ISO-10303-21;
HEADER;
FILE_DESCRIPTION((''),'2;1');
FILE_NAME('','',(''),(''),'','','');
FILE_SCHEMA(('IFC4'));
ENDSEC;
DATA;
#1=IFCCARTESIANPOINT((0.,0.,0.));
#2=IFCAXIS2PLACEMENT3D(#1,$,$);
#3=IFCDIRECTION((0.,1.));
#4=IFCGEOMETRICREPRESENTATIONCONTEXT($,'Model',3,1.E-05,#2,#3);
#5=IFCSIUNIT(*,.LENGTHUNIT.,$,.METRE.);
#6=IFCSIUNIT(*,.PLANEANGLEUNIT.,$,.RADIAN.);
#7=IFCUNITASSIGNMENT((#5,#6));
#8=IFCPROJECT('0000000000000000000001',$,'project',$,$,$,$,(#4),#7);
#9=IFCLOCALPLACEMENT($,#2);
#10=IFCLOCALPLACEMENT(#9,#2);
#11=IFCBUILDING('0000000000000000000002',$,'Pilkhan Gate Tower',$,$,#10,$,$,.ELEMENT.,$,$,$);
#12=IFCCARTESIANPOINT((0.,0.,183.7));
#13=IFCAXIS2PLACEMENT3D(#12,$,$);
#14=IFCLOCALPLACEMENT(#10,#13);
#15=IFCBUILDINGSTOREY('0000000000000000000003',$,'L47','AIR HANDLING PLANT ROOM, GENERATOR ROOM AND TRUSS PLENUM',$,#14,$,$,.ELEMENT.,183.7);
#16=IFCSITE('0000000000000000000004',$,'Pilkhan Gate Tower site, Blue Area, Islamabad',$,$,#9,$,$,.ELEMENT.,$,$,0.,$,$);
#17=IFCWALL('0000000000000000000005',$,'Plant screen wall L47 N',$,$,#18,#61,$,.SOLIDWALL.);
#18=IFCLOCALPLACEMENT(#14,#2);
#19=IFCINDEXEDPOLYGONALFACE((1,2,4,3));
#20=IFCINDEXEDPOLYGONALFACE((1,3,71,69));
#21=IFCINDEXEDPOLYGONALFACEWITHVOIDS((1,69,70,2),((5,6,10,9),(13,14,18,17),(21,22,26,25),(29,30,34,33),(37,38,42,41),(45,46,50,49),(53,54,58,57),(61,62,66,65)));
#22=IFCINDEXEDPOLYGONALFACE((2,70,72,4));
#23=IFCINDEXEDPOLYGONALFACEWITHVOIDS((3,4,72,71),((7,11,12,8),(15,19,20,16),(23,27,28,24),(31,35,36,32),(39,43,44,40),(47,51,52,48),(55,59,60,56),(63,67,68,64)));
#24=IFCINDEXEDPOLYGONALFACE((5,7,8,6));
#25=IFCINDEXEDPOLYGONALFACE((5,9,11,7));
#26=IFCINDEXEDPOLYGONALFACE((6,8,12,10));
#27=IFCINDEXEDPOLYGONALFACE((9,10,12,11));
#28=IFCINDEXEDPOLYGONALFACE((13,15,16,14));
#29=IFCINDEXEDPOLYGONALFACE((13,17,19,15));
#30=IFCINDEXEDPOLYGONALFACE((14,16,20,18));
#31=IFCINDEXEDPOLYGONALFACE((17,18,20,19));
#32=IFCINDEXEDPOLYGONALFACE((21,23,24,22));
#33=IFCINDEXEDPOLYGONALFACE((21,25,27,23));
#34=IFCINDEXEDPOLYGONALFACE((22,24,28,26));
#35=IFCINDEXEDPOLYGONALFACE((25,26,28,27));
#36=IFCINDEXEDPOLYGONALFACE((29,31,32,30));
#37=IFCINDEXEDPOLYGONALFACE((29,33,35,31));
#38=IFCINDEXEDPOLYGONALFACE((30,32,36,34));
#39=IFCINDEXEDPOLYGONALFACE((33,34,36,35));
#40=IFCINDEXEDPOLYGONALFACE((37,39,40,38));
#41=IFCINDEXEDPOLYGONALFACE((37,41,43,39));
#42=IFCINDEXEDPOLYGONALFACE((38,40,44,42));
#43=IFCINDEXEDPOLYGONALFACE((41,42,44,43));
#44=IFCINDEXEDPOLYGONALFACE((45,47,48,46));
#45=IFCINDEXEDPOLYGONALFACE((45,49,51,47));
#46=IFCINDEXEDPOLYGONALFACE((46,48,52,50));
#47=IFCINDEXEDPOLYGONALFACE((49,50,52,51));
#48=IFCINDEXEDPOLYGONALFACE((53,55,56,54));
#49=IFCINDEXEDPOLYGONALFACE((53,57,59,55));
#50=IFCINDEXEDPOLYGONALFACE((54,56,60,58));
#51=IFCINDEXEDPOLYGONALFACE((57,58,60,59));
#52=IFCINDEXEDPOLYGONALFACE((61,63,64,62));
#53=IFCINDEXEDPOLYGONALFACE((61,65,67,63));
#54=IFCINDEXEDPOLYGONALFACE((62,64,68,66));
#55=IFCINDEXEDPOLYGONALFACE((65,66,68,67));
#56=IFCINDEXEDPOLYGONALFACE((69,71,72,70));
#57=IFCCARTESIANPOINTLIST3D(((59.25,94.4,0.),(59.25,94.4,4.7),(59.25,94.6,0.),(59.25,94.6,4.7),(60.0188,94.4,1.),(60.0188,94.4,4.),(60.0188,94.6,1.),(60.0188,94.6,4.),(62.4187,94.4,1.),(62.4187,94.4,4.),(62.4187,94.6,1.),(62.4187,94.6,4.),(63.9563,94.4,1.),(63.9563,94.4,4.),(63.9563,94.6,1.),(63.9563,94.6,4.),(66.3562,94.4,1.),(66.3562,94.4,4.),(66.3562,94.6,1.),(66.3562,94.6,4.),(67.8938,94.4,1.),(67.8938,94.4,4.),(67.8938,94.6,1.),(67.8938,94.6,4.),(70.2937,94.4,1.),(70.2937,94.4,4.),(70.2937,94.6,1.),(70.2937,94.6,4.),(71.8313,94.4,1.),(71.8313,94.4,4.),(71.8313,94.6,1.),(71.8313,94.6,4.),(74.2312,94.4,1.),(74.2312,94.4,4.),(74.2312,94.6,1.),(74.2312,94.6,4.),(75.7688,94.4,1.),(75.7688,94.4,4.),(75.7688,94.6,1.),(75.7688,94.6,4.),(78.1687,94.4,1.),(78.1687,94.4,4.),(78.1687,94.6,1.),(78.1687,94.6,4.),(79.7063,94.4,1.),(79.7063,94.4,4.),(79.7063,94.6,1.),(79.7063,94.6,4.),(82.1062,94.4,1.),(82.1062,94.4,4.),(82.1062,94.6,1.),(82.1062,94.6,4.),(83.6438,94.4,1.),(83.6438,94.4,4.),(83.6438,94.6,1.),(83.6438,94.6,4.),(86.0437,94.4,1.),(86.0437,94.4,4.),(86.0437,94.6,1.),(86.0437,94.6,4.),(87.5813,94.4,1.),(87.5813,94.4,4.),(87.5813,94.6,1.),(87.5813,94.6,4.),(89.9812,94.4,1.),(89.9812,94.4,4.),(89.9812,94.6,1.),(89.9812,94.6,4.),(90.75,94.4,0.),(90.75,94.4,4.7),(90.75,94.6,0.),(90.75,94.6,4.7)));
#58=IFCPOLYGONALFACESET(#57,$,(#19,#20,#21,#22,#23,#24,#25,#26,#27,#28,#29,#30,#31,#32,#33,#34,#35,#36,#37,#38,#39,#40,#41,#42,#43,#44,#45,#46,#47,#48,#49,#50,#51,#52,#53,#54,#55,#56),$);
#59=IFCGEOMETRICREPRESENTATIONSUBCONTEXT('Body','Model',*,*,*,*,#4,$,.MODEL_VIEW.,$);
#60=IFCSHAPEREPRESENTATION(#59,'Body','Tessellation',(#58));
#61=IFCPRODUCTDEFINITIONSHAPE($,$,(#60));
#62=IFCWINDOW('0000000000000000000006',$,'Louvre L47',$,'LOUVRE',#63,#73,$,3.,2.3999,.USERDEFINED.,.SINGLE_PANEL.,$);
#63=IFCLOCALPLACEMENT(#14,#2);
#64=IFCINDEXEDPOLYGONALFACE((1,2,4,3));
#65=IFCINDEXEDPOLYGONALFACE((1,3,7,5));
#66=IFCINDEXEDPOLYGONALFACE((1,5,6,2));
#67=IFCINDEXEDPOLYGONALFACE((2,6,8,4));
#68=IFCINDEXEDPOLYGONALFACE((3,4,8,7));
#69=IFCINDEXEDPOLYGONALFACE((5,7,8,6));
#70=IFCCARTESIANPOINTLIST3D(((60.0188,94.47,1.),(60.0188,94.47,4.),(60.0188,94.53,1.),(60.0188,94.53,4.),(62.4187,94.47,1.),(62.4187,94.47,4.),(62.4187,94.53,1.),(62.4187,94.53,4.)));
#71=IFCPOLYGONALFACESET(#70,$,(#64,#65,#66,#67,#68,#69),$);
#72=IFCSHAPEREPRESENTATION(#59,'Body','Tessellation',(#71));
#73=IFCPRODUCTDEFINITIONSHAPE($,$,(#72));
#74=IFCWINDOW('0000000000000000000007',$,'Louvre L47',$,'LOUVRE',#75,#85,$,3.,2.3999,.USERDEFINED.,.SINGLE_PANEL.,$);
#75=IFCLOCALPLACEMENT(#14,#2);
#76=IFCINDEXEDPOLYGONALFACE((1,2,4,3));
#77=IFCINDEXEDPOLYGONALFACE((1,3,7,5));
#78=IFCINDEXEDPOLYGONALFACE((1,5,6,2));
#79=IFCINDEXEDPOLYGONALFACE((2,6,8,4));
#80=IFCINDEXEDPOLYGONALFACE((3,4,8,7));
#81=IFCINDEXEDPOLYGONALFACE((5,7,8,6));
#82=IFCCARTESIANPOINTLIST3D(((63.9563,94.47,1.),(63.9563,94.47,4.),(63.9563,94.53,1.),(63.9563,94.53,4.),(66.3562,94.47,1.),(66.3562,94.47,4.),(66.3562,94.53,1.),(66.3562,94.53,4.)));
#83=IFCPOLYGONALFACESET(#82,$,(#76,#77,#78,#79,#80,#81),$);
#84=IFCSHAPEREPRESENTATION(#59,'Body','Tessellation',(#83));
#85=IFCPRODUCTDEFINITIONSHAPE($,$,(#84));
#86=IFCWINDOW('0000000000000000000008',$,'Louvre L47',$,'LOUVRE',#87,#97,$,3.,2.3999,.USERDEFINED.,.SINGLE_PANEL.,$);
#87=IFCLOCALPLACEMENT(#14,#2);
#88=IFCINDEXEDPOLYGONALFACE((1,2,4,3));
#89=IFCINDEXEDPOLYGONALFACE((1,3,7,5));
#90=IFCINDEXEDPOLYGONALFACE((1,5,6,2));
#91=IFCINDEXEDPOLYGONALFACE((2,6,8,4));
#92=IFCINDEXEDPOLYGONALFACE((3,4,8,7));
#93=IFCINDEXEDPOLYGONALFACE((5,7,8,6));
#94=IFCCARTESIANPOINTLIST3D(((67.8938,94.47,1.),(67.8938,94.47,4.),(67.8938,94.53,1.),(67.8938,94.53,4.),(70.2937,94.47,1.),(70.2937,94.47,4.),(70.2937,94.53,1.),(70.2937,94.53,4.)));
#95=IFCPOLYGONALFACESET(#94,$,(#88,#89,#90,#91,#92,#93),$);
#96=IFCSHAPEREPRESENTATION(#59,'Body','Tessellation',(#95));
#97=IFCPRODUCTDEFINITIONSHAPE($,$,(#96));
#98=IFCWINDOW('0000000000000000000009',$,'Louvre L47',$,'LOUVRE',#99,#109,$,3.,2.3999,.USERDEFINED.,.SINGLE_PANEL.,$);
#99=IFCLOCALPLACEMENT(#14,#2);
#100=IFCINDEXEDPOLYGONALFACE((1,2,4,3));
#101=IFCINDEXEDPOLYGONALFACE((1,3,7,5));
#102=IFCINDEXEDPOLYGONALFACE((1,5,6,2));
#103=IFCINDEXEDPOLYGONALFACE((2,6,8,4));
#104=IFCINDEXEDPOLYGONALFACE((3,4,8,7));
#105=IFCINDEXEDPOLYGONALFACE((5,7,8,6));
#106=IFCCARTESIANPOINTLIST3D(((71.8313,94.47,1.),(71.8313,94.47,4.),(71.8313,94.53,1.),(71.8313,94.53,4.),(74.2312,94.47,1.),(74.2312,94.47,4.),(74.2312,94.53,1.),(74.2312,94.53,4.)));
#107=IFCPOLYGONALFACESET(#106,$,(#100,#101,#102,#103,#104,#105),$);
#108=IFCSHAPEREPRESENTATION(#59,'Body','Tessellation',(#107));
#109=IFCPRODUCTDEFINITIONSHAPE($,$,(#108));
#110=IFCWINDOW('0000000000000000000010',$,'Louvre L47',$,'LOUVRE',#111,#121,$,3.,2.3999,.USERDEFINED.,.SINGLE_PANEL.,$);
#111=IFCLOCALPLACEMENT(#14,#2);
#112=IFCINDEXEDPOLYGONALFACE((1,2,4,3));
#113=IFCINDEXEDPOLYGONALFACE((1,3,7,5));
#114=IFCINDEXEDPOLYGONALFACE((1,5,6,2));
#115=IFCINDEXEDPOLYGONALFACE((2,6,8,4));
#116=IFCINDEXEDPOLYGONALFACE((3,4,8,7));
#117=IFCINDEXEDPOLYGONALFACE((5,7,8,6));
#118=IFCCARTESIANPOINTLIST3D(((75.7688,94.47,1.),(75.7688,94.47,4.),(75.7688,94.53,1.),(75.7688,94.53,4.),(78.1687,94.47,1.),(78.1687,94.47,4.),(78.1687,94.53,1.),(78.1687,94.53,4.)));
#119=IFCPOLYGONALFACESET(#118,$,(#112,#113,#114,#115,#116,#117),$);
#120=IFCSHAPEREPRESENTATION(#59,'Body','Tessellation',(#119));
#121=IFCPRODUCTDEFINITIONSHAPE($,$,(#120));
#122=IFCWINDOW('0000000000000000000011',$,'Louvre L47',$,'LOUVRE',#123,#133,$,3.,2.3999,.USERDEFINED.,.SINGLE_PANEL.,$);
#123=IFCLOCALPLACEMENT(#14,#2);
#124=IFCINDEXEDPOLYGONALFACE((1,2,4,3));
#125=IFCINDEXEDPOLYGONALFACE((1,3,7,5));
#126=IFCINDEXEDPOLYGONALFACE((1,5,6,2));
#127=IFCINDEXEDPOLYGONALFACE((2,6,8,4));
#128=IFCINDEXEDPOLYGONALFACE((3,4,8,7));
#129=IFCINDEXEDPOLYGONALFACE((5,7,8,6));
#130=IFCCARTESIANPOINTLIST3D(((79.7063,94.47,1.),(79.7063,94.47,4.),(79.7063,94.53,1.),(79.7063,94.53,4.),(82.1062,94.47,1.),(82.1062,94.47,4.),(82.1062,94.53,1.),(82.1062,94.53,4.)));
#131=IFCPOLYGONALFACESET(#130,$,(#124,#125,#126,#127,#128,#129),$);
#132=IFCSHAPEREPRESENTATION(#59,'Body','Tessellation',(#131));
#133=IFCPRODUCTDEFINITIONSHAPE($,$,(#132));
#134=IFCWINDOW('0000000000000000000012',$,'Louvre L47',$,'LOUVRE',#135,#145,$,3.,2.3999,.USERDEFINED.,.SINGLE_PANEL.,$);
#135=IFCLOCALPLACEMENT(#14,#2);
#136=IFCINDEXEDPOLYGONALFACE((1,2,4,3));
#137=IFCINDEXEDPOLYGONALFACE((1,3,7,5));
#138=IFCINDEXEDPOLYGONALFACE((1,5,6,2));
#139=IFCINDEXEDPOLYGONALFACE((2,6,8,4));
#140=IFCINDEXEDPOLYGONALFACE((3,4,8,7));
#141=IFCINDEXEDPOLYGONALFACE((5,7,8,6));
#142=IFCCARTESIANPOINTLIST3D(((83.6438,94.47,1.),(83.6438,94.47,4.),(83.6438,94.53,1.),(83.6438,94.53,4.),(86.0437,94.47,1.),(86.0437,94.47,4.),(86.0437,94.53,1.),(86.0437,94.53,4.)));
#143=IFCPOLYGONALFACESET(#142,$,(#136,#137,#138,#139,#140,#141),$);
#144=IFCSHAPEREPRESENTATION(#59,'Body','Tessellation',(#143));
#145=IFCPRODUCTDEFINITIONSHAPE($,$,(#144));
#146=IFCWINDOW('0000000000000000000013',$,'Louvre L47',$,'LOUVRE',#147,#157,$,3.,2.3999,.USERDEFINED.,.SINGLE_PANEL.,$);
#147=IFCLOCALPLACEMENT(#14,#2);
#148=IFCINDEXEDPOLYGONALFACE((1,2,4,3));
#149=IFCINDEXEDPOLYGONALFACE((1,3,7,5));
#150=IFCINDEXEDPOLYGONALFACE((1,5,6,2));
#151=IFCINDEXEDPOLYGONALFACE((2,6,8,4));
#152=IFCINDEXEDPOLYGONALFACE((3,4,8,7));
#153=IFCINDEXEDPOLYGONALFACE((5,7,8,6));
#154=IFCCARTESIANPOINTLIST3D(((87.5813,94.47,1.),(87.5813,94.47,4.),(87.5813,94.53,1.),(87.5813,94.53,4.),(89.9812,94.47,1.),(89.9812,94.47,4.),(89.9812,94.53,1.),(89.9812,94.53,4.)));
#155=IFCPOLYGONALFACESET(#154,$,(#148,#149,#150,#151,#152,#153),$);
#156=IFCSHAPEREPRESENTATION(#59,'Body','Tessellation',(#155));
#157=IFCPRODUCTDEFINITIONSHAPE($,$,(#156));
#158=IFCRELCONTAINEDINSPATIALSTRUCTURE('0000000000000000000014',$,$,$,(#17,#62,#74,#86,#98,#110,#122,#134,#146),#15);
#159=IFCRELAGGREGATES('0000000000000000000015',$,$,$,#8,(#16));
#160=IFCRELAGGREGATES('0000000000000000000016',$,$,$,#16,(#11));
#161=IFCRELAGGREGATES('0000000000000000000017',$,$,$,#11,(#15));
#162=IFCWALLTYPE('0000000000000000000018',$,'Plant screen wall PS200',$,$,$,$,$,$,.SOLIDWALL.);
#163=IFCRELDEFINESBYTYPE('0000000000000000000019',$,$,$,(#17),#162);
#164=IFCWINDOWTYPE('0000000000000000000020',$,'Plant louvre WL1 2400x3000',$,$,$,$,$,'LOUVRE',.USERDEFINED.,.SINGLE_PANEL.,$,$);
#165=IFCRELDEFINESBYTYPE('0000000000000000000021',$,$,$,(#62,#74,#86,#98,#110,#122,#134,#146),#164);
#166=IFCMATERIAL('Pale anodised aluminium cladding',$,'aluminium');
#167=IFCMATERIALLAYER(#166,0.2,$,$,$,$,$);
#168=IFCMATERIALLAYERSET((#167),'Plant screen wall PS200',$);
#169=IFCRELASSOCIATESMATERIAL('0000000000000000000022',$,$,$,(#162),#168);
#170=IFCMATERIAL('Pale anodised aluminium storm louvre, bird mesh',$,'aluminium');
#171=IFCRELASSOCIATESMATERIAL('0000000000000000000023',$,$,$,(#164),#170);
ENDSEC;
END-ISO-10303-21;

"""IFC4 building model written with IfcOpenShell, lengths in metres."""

from ifc_helpers import new_model, si_unit, direction, frame, frame_2d, origin, place, context, subcontext, project, spatial, rectangle, extrude, material, layer, layer_set, type_object, element, fill, save


model = new_model("IFC4")

# Units and contexts
model_context = context("Model", 3, precision=1e-05, world=origin(), true_north=direction((0.0, 1.0)))
body_context = subcontext(model_context, "Body", "Model", "MODEL_VIEW")
ifc_project = project(units=[si_unit("LENGTHUNIT", "METRE"), si_unit("PLANEANGLEUNIT", "RADIAN")], contexts=[model_context])

# Site, building, storey
site_placement = place(None, origin())
site = spatial("IfcSite", under=ifc_project, at=site_placement, Name="Pilkhan Gate Tower site, Blue Area, Islamabad", CompositionType="ELEMENT", RefElevation=0.0)
building_placement = place(site_placement, origin())
building = spatial("IfcBuilding", under=site, at=building_placement, Name="Pilkhan Gate Tower", CompositionType="ELEMENT")
storey_placement = place(building_placement, frame((0.0, 0.0, 183.7)))
storey = spatial("IfcBuildingStorey", under=building, at=storey_placement, Name="L47", Description="AIR HANDLING PLANT ROOM, GENERATOR ROOM AND TRUSS PLENUM", CompositionType="ELEMENT", Elevation=183.7)

# Wall, openings, windows
ifc_material_1 = material(Name="Pale anodised aluminium cladding", Category="aluminium")
ifc_layer_1 = layer(ifc_material_1, 0.2)
ifc_layer_set_1 = layer_set([ifc_layer_1], Name="Plant screen wall PS200")
wall_type_1 = type_object("IfcWallType", Name="Plant screen wall PS200", PredefinedType="SOLIDWALL", material=ifc_layer_set_1)
wall_1_placement = place(storey_placement, frame((59.25, 94.5, 0.0), z_axis=(0.0, 0.0, 1.0), x_axis=(1.0, 0.0, 0.0)))
wall_1 = element("IfcWall", 1, at=wall_1_placement, inside=storey, type_object=wall_type_1, Name="Plant screen wall L47 N", PredefinedType="SOLIDWALL", context=body_context, shape_type="SweptSolid", body=[
    extrude(rectangle(XDim=31.5, YDim=0.2, at=frame_2d((15.75, 0.0))), origin(), (0.0, 0.0, 1.0), 4.7),
])
opening_1_placement = place(wall_1_placement, frame((0.7688, 0.0, 1.0)))
opening_1 = element("IfcOpeningElement", 2, at=opening_1_placement, cuts=wall_1, PredefinedType="OPENING", context=body_context, shape_type="SweptSolid", body=[
    extrude(rectangle(XDim=2.3999, YDim=3.0, at=frame_2d((1.2, 1.5))), frame((0.0, 0.1099, 0.0), z_axis=(0.0, -1.0, 0.0), x_axis=(1.0, 0.0, 0.0)), (0.0, 0.0, 1.0), 0.22),
])
opening_2_placement = place(wall_1_placement, frame((4.7063, 0.0, 1.0)))
opening_2 = element("IfcOpeningElement", 3, at=opening_2_placement, cuts=wall_1, PredefinedType="OPENING", context=body_context, shape_type="SweptSolid", body=[
    extrude(rectangle(XDim=2.3999, YDim=3.0, at=frame_2d((1.2, 1.5))), frame((0.0, 0.1099, 0.0), z_axis=(0.0, -1.0, 0.0), x_axis=(1.0, 0.0, 0.0)), (0.0, 0.0, 1.0), 0.22),
])
opening_3_placement = place(wall_1_placement, frame((8.6438, 0.0, 1.0)))
opening_3 = element("IfcOpeningElement", 4, at=opening_3_placement, cuts=wall_1, PredefinedType="OPENING", context=body_context, shape_type="SweptSolid", body=[
    extrude(rectangle(XDim=2.3999, YDim=3.0, at=frame_2d((1.2, 1.5))), frame((0.0, 0.1099, 0.0), z_axis=(0.0, -1.0, 0.0), x_axis=(1.0, 0.0, 0.0)), (0.0, 0.0, 1.0), 0.22),
])
opening_4_placement = place(wall_1_placement, frame((12.5813, 0.0, 1.0)))
opening_4 = element("IfcOpeningElement", 5, at=opening_4_placement, cuts=wall_1, PredefinedType="OPENING", context=body_context, shape_type="SweptSolid", body=[
    extrude(rectangle(XDim=2.3999, YDim=3.0, at=frame_2d((1.2, 1.5))), frame((0.0, 0.1099, 0.0), z_axis=(0.0, -1.0, 0.0), x_axis=(1.0, 0.0, 0.0)), (0.0, 0.0, 1.0), 0.22),
])
opening_5_placement = place(wall_1_placement, frame((16.5188, 0.0, 1.0)))
opening_5 = element("IfcOpeningElement", 6, at=opening_5_placement, cuts=wall_1, PredefinedType="OPENING", context=body_context, shape_type="SweptSolid", body=[
    extrude(rectangle(XDim=2.3999, YDim=3.0, at=frame_2d((1.2, 1.5))), frame((0.0, 0.1099, 0.0), z_axis=(0.0, -1.0, 0.0), x_axis=(1.0, 0.0, 0.0)), (0.0, 0.0, 1.0), 0.22),
])
opening_6_placement = place(wall_1_placement, frame((20.4563, 0.0, 1.0)))
opening_6 = element("IfcOpeningElement", 7, at=opening_6_placement, cuts=wall_1, PredefinedType="OPENING", context=body_context, shape_type="SweptSolid", body=[
    extrude(rectangle(XDim=2.3999, YDim=3.0, at=frame_2d((1.2, 1.5))), frame((0.0, 0.1099, 0.0), z_axis=(0.0, -1.0, 0.0), x_axis=(1.0, 0.0, 0.0)), (0.0, 0.0, 1.0), 0.22),
])
opening_7_placement = place(wall_1_placement, frame((24.3938, 0.0, 1.0)))
opening_7 = element("IfcOpeningElement", 8, at=opening_7_placement, cuts=wall_1, PredefinedType="OPENING", context=body_context, shape_type="SweptSolid", body=[
    extrude(rectangle(XDim=2.3999, YDim=3.0, at=frame_2d((1.2, 1.5))), frame((0.0, 0.1099, 0.0), z_axis=(0.0, -1.0, 0.0), x_axis=(1.0, 0.0, 0.0)), (0.0, 0.0, 1.0), 0.22),
])
opening_8_placement = place(wall_1_placement, frame((28.3313, 0.0, 1.0)))
opening_8 = element("IfcOpeningElement", 9, at=opening_8_placement, cuts=wall_1, PredefinedType="OPENING", context=body_context, shape_type="SweptSolid", body=[
    extrude(rectangle(XDim=2.3999, YDim=3.0, at=frame_2d((1.2, 1.5))), frame((0.0, 0.1099, 0.0), z_axis=(0.0, -1.0, 0.0), x_axis=(1.0, 0.0, 0.0)), (0.0, 0.0, 1.0), 0.22),
])
ifc_material_2 = material(Name="Pale anodised aluminium storm louvre, bird mesh", Category="aluminium")
window_type = type_object("IfcWindowType", Name="Plant louvre WL1 2400x3000", ElementType="LOUVRE", PartitioningType="SINGLE_PANEL", PredefinedType="USERDEFINED", material=ifc_material_2)
window_1_placement = place(opening_1_placement, origin())
window_1 = element("IfcWindow", 10, at=window_1_placement, inside=storey, type_object=window_type, Name="Louvre L47", ObjectType="LOUVRE", OverallHeight=3.0, OverallWidth=2.3999, PartitioningType="SINGLE_PANEL", PredefinedType="USERDEFINED", context=body_context, shape_type="SweptSolid", body=[
    extrude(rectangle(XDim=2.3999, YDim=3.0, at=frame_2d((1.2, 1.5))), frame((0.0, 0.03, 0.0), z_axis=(0.0, -1.0, 0.0), x_axis=(1.0, 0.0, 0.0)), (0.0, 0.0, 1.0), 0.0601),
])
fill(opening_1, window_1)
window_2_placement = place(opening_2_placement, origin())
window_2 = element("IfcWindow", 11, at=window_2_placement, inside=storey, type_object=window_type, Name="Louvre L47", ObjectType="LOUVRE", OverallHeight=3.0, OverallWidth=2.3999, PartitioningType="SINGLE_PANEL", PredefinedType="USERDEFINED", context=body_context, shape_type="SweptSolid", body=[
    extrude(rectangle(XDim=2.3999, YDim=3.0, at=frame_2d((1.2, 1.5))), frame((0.0, 0.03, 0.0), z_axis=(0.0, -1.0, 0.0), x_axis=(1.0, 0.0, 0.0)), (0.0, 0.0, 1.0), 0.0601),
])
fill(opening_2, window_2)
window_3_placement = place(opening_3_placement, origin())
window_3 = element("IfcWindow", 12, at=window_3_placement, inside=storey, type_object=window_type, Name="Louvre L47", ObjectType="LOUVRE", OverallHeight=3.0, OverallWidth=2.3999, PartitioningType="SINGLE_PANEL", PredefinedType="USERDEFINED", context=body_context, shape_type="SweptSolid", body=[
    extrude(rectangle(XDim=2.3999, YDim=3.0, at=frame_2d((1.2, 1.5))), frame((0.0, 0.03, 0.0), z_axis=(0.0, -1.0, 0.0), x_axis=(1.0, 0.0, 0.0)), (0.0, 0.0, 1.0), 0.0601),
])
fill(opening_3, window_3)
window_4_placement = place(opening_4_placement, origin())
window_4 = element("IfcWindow", 13, at=window_4_placement, inside=storey, type_object=window_type, Name="Louvre L47", ObjectType="LOUVRE", OverallHeight=3.0, OverallWidth=2.3999, PartitioningType="SINGLE_PANEL", PredefinedType="USERDEFINED", context=body_context, shape_type="SweptSolid", body=[
    extrude(rectangle(XDim=2.3999, YDim=3.0, at=frame_2d((1.2, 1.5))), frame((0.0, 0.03, 0.0), z_axis=(0.0, -1.0, 0.0), x_axis=(1.0, 0.0, 0.0)), (0.0, 0.0, 1.0), 0.0601),
])
fill(opening_4, window_4)
window_5_placement = place(opening_5_placement, origin())
window_5 = element("IfcWindow", 14, at=window_5_placement, inside=storey, type_object=window_type, Name="Louvre L47", ObjectType="LOUVRE", OverallHeight=3.0, OverallWidth=2.3999, PartitioningType="SINGLE_PANEL", PredefinedType="USERDEFINED", context=body_context, shape_type="SweptSolid", body=[
    extrude(rectangle(XDim=2.3999, YDim=3.0, at=frame_2d((1.2, 1.5))), frame((0.0, 0.03, 0.0), z_axis=(0.0, -1.0, 0.0), x_axis=(1.0, 0.0, 0.0)), (0.0, 0.0, 1.0), 0.0601),
])
fill(opening_5, window_5)
window_6_placement = place(opening_6_placement, origin())
window_6 = element("IfcWindow", 15, at=window_6_placement, inside=storey, type_object=window_type, Name="Louvre L47", ObjectType="LOUVRE", OverallHeight=3.0, OverallWidth=2.3999, PartitioningType="SINGLE_PANEL", PredefinedType="USERDEFINED", context=body_context, shape_type="SweptSolid", body=[
    extrude(rectangle(XDim=2.3999, YDim=3.0, at=frame_2d((1.2, 1.5))), frame((0.0, 0.03, 0.0), z_axis=(0.0, -1.0, 0.0), x_axis=(1.0, 0.0, 0.0)), (0.0, 0.0, 1.0), 0.0601),
])
fill(opening_6, window_6)
window_7_placement = place(opening_7_placement, origin())
window_7 = element("IfcWindow", 16, at=window_7_placement, inside=storey, type_object=window_type, Name="Louvre L47", ObjectType="LOUVRE", OverallHeight=3.0, OverallWidth=2.3999, PartitioningType="SINGLE_PANEL", PredefinedType="USERDEFINED", context=body_context, shape_type="SweptSolid", body=[
    extrude(rectangle(XDim=2.3999, YDim=3.0, at=frame_2d((1.2, 1.5))), frame((0.0, 0.03, 0.0), z_axis=(0.0, -1.0, 0.0), x_axis=(1.0, 0.0, 0.0)), (0.0, 0.0, 1.0), 0.0601),
])
fill(opening_7, window_7)
window_8_placement = place(opening_8_placement, origin())
window_8 = element("IfcWindow", 17, at=window_8_placement, inside=storey, type_object=window_type, Name="Louvre L47", ObjectType="LOUVRE", OverallHeight=3.0, OverallWidth=2.3999, PartitioningType="SINGLE_PANEL", PredefinedType="USERDEFINED", context=body_context, shape_type="SweptSolid", body=[
    extrude(rectangle(XDim=2.3999, YDim=3.0, at=frame_2d((1.2, 1.5))), frame((0.0, 0.03, 0.0), z_axis=(0.0, -1.0, 0.0), x_axis=(1.0, 0.0, 0.0)), (0.0, 0.0, 1.0), 0.0601),
])
fill(opening_8, window_8)

save(model, "model.ifc")
